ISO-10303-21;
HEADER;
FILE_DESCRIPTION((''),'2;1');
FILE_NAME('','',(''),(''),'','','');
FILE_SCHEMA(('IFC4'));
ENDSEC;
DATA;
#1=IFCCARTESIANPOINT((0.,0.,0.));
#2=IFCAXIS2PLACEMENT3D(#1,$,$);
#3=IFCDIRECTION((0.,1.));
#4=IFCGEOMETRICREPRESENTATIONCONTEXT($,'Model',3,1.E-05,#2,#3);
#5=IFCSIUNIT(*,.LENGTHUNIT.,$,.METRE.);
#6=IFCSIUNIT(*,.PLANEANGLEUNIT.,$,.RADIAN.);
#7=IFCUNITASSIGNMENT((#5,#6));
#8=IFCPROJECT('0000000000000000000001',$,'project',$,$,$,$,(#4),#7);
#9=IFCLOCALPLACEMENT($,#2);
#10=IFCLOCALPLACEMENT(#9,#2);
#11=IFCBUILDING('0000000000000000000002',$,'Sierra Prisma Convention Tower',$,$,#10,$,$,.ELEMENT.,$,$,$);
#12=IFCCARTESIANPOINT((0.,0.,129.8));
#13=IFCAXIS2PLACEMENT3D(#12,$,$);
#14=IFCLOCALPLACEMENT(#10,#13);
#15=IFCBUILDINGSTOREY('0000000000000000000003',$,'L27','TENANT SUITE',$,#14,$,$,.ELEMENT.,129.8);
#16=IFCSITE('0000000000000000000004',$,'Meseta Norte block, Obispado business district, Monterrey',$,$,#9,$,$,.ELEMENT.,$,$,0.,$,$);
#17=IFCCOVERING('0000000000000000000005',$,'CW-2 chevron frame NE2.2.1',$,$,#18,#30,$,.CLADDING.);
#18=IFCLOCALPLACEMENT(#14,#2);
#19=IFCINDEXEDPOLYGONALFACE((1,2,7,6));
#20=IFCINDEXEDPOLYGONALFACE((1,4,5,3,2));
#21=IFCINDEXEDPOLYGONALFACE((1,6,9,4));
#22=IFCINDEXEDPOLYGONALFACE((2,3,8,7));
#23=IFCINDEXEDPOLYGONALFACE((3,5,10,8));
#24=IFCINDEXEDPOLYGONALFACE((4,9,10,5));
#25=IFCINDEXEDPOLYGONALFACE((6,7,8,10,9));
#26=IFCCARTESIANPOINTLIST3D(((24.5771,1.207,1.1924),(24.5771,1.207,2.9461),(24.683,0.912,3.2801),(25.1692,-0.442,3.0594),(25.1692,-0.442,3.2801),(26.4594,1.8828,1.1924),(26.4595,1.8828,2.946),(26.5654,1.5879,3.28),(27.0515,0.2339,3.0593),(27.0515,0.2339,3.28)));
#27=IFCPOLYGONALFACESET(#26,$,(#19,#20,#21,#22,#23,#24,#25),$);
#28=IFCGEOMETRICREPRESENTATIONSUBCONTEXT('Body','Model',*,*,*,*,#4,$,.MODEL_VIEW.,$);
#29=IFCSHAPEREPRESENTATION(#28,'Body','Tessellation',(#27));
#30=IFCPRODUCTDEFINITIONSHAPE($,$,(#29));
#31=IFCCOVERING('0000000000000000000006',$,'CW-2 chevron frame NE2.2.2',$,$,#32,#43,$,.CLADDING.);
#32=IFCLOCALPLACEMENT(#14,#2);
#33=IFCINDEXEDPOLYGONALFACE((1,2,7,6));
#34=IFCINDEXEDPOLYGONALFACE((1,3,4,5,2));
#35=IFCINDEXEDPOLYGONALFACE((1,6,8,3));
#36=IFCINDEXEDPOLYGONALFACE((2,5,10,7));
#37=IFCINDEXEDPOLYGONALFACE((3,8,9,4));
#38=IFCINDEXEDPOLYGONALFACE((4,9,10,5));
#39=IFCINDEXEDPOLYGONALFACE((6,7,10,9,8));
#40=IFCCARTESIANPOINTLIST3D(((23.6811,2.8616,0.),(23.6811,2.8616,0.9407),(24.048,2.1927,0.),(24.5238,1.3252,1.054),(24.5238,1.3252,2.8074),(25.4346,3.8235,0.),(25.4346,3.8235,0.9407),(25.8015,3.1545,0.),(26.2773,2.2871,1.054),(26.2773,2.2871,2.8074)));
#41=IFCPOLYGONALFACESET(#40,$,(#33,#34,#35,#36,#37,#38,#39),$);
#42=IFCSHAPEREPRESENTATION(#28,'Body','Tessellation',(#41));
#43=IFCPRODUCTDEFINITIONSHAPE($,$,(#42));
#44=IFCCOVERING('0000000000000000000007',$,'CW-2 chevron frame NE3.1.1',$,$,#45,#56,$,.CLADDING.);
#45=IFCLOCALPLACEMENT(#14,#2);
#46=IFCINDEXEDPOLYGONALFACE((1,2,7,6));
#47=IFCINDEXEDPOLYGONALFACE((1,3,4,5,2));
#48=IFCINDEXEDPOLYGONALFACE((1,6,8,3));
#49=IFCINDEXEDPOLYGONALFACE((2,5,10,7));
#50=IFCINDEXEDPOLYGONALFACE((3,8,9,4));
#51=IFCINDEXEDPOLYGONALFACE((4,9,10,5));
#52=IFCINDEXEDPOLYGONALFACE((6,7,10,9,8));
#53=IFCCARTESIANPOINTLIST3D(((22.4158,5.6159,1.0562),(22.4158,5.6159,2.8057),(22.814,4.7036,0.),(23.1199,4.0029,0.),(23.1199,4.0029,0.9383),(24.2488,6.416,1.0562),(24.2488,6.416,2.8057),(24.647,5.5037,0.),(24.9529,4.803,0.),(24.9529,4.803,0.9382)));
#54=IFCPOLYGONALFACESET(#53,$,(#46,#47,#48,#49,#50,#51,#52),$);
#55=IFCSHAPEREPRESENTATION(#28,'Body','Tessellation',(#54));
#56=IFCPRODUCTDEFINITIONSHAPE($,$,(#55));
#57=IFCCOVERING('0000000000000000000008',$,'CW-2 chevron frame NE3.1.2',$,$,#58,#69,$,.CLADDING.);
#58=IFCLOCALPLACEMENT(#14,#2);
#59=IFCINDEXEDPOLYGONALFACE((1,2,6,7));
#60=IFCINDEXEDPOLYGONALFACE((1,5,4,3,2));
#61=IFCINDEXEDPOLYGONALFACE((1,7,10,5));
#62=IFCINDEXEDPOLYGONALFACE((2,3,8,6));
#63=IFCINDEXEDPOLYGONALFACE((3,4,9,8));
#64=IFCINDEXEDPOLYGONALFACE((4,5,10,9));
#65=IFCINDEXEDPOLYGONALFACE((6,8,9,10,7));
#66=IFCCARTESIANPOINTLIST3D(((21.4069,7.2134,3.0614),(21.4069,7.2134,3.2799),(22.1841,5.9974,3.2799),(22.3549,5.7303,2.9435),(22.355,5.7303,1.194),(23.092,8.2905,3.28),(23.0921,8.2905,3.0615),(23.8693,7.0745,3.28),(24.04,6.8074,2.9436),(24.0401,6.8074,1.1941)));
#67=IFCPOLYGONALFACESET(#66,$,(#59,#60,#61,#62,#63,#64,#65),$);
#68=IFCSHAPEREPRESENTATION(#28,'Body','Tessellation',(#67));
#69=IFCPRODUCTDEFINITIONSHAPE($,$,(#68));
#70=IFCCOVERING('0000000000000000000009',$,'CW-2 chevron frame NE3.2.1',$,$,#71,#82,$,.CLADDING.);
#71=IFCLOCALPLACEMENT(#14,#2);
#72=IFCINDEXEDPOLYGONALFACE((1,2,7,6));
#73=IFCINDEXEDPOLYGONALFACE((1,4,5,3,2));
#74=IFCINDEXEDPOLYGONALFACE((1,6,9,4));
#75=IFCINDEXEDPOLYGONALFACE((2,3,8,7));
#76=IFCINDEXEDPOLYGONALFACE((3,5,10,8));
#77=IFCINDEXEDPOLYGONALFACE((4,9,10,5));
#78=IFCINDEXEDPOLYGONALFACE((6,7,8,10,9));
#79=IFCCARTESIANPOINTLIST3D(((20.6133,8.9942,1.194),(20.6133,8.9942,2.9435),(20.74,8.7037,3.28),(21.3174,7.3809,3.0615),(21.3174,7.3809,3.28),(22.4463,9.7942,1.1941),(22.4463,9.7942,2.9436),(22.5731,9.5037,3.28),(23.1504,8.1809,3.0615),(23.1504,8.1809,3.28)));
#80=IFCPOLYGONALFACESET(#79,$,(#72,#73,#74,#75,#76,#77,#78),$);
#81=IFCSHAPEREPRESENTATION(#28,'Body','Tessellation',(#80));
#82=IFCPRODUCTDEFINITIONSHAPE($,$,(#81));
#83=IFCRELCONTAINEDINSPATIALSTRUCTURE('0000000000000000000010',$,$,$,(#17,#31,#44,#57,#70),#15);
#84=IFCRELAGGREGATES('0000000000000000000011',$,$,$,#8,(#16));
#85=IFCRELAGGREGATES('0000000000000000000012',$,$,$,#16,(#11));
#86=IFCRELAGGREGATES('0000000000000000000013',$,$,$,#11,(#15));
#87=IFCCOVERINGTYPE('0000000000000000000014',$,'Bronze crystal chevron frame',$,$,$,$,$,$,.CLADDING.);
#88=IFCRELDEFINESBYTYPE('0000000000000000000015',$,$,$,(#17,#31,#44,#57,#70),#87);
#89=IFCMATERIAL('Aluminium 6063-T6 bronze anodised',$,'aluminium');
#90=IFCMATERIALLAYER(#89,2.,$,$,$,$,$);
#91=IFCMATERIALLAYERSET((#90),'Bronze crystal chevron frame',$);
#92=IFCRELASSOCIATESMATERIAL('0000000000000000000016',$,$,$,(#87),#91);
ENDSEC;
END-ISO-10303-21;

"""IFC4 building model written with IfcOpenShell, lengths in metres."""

from ifc_helpers import new_model, si_unit, direction, frame, origin, place, context, subcontext, project, spatial, polyline, outline, extrude, material, layer, layer_set, type_object, element, save


model = new_model("IFC4")

# Units and contexts
model_context = context("Model", 3, precision=1e-05, world=origin(), true_north=direction((0.0, 1.0)))
body_context = subcontext(model_context, "Body", "Model", "MODEL_VIEW")
ifc_project = project(units=[si_unit("LENGTHUNIT", "METRE"), si_unit("PLANEANGLEUNIT", "RADIAN")], contexts=[model_context])

# Site, building, storey
site_placement = place(None, origin())
site = spatial("IfcSite", under=ifc_project, at=site_placement, Name="Meseta Norte block, Obispado business district, Monterrey", CompositionType="ELEMENT", RefElevation=0.0)
building_placement = place(site_placement, origin())
building = spatial("IfcBuilding", under=site, at=building_placement, Name="Sierra Prisma Convention Tower", CompositionType="ELEMENT")
storey_placement = place(building_placement, frame((0.0, 0.0, 129.8)))
storey = spatial("IfcBuildingStorey", under=building, at=storey_placement, Name="L27", Description="TENANT SUITE", CompositionType="ELEMENT", Elevation=129.8)

# Coverings
ifc_material_1 = material(Name="Aluminium 6063-T6 bronze anodised", Category="aluminium")
ifc_layer_1 = layer(ifc_material_1, 2.0)
ifc_layer_set_1 = layer_set([ifc_layer_1], Name="Bronze crystal chevron frame")
covering_type = type_object("IfcCoveringType", Name="Bronze crystal chevron frame", PredefinedType="CLADDING", material=ifc_layer_set_1)
covering_1_placement = place(storey_placement, frame((27.0515, 0.2339, 3.28), z_axis=(0.941175, 0.33792, -0.000028), x_axis=(-0.000026, -0.000009, -1.0)))
element("IfcCovering", 1, at=covering_1_placement, inside=storey, type_object=covering_type, Name="CW-2 chevron frame NE2.2.1", PredefinedType="CLADDING", context=body_context, shape_type="SweptSolid", body=[
    extrude(outline(polyline([(0.0, 0.0), (0.2207, 0.0), (2.0876, 1.752), (0.334, 1.752), (0.0, 1.4386), (0.0, 0.0)])), origin(), (0.0, 0.0, -1.0), 2.0),
])
covering_2_placement = place(storey_placement, frame((25.4346, 3.8235, 0.0), z_axis=(0.876754, 0.480939, -0.000001), x_axis=(0.000001, 0.000001, 1.0)))
element("IfcCovering", 2, at=covering_2_placement, inside=storey, type_object=covering_type, Name="CW-2 chevron frame NE2.2.2", PredefinedType="CLADDING", context=body_context, shape_type="SweptSolid", body=[
    extrude(outline(polyline([(0.0, 0.0), (0.9407, 0.0), (2.8074, 1.7523), (1.054, 1.7523), (0.0, 0.763), (0.0, 0.0)])), origin(), (0.0, 0.0, -1.0), 2.0),
])
covering_3_placement = place(storey_placement, frame((24.9529, 4.803, 0.0), z_axis=(0.916487, 0.400063, -0.000016), x_axis=(-0.400063, 0.916487, 0.0)))
element("IfcCovering", 3, at=covering_3_placement, inside=storey, type_object=covering_type, Name="CW-2 chevron frame NE3.1.1", PredefinedType="CLADDING", context=body_context, shape_type="SweptSolid", body=[
    extrude(outline(polyline([(0.0, 0.0), (0.7646, 0.0), (1.76, 1.0562), (1.76, 2.8057), (0.0, 0.9382), (0.0, 0.0)])), origin(), (0.0, 0.0, -1.0), 2.0),
])
covering_4_placement = place(storey_placement, frame((24.04, 6.8074, 2.9436), z_axis=(0.842593, 0.538551, 0.000068), x_axis=(0.000057, 0.000037, -1.0)))
element("IfcCovering", 4, at=covering_4_placement, inside=storey, type_object=covering_type, Name="CW-2 chevron frame NE3.1.2", PredefinedType="CLADDING", context=body_context, shape_type="SweptSolid", body=[
    extrude(outline(polyline([(0.0, 0.0), (1.7495, 0.0), (-0.1179, 1.7602), (-0.3364, 1.7602), (-0.3364, 0.3171), (0.0, 0.0)])), origin(), (0.0, 0.0, -1.0), 2.0),
])
covering_5_placement = place(storey_placement, frame((23.1504, 8.1809, 3.28), z_axis=(0.916511, 0.40001, 0.000036), x_axis=(0.000033, 0.000015, -1.0)))
element("IfcCovering", 5, at=covering_5_placement, inside=storey, type_object=covering_type, Name="CW-2 chevron frame NE3.2.1", PredefinedType="CLADDING", context=body_context, shape_type="SweptSolid", body=[
    extrude(outline(polyline([(0.0, 0.0), (0.2185, 0.0), (2.0859, 1.7602), (0.3364, 1.7602), (0.0, 1.4433), (0.0, 0.0)])), origin(), (0.0, 0.0, -1.0), 2.0),
])

save(model, "model.ifc")
